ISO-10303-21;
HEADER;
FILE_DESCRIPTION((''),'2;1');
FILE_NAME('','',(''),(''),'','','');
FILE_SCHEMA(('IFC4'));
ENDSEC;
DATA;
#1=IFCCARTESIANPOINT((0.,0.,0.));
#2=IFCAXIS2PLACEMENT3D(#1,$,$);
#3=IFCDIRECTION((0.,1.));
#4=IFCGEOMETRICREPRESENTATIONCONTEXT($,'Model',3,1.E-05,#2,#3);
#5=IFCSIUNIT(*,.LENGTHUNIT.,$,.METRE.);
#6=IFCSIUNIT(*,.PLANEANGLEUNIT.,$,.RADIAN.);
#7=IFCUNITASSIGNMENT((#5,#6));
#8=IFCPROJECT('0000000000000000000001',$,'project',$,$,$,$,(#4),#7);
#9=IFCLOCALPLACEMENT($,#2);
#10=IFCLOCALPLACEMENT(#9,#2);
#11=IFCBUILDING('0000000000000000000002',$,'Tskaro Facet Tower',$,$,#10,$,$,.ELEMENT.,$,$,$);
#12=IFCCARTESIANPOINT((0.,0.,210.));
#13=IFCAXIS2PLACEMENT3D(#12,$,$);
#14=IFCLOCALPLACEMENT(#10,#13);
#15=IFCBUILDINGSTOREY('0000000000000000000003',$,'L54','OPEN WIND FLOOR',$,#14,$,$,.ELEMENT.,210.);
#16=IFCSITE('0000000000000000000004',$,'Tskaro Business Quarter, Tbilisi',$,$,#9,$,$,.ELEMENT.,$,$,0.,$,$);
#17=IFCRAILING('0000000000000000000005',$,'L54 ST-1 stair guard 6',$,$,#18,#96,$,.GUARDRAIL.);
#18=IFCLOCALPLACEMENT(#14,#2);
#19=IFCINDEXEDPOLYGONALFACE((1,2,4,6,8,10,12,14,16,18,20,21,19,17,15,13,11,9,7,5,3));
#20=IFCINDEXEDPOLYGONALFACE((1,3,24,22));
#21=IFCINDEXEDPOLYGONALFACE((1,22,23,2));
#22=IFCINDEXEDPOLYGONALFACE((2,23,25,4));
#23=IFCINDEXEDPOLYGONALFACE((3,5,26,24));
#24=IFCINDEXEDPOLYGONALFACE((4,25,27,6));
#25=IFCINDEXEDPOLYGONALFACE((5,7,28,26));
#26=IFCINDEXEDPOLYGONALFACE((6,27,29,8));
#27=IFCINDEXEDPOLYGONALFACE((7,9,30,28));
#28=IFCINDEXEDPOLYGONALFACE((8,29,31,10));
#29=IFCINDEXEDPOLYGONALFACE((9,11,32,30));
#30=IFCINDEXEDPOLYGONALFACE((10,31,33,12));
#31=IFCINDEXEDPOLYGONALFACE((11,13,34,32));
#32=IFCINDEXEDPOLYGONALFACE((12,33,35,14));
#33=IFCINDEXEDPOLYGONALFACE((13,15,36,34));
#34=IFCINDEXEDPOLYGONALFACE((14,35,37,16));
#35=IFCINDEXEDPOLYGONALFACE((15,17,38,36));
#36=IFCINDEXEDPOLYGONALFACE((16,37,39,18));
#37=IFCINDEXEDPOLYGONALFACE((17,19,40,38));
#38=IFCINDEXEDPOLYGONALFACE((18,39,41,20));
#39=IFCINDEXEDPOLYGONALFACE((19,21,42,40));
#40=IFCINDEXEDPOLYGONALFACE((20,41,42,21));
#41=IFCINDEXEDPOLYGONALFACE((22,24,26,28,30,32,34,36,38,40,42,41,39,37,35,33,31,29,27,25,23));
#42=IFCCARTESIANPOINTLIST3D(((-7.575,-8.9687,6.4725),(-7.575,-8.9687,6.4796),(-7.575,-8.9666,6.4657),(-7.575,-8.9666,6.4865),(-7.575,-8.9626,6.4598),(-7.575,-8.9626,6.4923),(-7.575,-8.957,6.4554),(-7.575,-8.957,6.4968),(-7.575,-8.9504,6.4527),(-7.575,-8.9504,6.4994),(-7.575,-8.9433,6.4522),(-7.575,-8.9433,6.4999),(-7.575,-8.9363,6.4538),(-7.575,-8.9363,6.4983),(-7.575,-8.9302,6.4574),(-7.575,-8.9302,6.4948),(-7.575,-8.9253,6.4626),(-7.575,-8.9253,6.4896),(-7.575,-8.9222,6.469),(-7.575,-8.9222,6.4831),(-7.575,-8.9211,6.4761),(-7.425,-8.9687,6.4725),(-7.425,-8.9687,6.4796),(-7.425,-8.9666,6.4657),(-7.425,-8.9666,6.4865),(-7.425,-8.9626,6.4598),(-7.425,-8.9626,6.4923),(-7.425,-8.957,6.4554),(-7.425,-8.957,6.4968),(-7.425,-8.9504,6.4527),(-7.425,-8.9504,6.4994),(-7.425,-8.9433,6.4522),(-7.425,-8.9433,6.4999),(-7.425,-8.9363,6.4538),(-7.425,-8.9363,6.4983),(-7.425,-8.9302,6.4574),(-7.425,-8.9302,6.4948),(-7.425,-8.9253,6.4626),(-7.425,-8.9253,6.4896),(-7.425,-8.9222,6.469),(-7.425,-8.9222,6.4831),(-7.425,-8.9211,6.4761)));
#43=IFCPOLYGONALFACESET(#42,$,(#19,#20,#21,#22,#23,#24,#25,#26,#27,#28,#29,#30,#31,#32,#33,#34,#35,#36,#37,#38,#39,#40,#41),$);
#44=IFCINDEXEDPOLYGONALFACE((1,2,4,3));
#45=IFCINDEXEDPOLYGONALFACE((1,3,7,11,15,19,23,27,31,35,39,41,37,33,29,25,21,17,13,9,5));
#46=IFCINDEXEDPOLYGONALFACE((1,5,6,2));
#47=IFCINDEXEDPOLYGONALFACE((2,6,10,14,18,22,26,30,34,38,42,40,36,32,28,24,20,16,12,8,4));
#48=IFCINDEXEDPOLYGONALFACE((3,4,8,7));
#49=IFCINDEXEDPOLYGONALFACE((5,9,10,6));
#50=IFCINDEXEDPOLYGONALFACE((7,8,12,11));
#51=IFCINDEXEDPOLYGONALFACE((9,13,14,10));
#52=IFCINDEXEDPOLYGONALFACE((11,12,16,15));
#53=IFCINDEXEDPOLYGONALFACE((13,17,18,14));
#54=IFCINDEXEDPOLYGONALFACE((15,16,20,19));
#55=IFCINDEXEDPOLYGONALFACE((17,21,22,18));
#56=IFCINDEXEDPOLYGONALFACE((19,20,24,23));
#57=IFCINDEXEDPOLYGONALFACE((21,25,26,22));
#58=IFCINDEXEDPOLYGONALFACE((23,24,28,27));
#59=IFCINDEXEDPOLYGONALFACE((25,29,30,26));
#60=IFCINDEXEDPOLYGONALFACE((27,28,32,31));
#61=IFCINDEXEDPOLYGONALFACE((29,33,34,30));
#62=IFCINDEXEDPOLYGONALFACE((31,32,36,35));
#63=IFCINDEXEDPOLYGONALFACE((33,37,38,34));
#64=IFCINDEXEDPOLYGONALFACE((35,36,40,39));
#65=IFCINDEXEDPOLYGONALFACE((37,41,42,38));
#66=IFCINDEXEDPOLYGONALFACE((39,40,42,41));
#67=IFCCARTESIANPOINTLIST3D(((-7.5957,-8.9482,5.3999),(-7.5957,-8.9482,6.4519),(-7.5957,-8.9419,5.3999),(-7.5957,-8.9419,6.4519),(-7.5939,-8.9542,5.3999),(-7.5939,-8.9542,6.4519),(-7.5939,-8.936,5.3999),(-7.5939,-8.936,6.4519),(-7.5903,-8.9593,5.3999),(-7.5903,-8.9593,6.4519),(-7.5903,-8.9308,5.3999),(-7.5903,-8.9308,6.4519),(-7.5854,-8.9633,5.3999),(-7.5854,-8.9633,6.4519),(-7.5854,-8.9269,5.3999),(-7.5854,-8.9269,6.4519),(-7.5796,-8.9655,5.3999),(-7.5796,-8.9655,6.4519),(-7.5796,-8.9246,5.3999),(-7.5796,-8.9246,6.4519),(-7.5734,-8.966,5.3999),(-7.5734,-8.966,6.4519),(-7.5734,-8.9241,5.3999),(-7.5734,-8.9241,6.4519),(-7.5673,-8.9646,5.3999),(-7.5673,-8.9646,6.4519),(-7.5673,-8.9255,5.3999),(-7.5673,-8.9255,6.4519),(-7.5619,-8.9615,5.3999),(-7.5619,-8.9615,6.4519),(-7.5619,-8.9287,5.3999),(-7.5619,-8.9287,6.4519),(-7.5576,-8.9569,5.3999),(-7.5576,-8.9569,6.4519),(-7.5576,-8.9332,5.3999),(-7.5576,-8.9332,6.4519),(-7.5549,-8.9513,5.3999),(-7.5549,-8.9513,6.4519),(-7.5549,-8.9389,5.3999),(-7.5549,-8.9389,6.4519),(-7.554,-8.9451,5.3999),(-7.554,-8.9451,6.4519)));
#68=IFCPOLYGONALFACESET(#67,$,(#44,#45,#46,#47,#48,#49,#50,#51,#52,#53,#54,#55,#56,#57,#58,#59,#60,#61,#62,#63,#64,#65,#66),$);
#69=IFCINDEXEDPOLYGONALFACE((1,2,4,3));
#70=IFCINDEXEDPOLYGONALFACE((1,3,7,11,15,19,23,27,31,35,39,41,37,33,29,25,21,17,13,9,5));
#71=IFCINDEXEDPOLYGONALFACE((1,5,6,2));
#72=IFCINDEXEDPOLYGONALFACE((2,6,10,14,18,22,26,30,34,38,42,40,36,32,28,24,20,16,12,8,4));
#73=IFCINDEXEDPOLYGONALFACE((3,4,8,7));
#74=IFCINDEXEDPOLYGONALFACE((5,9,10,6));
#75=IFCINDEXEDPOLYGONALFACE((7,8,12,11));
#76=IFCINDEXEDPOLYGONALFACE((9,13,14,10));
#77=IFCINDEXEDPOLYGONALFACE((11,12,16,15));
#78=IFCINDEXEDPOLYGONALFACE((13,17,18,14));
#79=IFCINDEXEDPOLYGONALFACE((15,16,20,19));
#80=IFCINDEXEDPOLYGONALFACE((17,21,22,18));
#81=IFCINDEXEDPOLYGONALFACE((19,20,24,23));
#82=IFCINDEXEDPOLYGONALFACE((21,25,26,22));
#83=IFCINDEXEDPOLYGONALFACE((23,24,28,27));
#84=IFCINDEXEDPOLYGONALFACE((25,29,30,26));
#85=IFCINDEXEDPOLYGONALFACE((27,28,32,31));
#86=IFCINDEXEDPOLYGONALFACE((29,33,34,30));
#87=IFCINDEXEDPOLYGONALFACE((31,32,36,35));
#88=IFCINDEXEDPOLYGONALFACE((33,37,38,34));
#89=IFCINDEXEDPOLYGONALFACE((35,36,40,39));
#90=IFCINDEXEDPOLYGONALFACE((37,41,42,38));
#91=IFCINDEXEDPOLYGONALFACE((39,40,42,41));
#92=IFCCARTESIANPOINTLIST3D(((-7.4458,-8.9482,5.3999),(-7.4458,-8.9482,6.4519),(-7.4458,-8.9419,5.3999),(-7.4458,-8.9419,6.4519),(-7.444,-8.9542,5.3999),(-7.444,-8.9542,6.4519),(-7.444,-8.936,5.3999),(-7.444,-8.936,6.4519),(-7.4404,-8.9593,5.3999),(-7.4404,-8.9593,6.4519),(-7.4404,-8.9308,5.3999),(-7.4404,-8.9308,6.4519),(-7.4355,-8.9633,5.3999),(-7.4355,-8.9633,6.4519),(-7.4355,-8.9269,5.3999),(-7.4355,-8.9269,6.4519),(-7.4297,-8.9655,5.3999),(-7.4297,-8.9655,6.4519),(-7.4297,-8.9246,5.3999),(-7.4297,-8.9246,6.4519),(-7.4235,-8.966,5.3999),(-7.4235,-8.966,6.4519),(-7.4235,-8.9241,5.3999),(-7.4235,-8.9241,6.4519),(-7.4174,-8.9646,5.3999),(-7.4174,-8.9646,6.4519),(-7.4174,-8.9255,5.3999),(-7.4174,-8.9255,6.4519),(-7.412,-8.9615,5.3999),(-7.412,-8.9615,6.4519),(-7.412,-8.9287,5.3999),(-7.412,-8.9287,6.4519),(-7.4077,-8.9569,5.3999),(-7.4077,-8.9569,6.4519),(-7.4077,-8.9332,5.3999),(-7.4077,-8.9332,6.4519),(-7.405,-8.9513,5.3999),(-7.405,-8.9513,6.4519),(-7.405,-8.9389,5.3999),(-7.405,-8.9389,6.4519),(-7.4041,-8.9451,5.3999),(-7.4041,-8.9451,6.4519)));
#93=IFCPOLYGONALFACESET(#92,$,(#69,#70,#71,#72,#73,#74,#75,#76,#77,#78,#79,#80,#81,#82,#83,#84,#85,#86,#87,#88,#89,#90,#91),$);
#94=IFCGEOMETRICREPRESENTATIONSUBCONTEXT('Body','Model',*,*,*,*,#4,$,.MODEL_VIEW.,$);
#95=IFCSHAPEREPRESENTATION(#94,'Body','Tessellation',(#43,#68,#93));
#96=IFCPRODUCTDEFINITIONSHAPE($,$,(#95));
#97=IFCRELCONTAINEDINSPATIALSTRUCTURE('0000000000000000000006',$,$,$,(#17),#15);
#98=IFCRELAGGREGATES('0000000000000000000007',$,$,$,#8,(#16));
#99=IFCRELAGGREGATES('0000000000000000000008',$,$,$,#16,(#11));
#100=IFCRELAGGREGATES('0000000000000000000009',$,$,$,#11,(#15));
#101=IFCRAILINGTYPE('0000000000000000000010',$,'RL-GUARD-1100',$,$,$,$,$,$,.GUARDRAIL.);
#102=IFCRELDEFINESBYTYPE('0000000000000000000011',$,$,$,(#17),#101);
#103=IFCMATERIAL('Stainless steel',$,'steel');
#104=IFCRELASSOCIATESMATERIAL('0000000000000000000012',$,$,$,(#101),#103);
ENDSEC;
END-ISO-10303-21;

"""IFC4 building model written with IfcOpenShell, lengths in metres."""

from ifc_helpers import new_model, si_unit, direction, frame, origin, origin_2d, place, context, subcontext, project, spatial, circle, extrude, material, type_object, element, save


model = new_model("IFC4")

# Units and contexts
model_context = context("Model", 3, precision=1e-05, world=origin(), true_north=direction((0.0, 1.0)))
body_context = subcontext(model_context, "Body", "Model", "MODEL_VIEW")
ifc_project = project(units=[si_unit("LENGTHUNIT", "METRE"), si_unit("PLANEANGLEUNIT", "RADIAN")], contexts=[model_context])

# Site, building, storey
site_placement = place(None, origin())
site = spatial("IfcSite", under=ifc_project, at=site_placement, Name="Tskaro Business Quarter, Tbilisi", CompositionType="ELEMENT", RefElevation=0.0)
building_placement = place(site_placement, origin())
building = spatial("IfcBuilding", under=site, at=building_placement, Name="Tskaro Facet Tower", CompositionType="ELEMENT")
storey_placement = place(building_placement, frame((0.0, 0.0, 210.0)))
storey = spatial("IfcBuildingStorey", under=building, at=storey_placement, Name="L54", Description="OPEN WIND FLOOR", CompositionType="ELEMENT", Elevation=210.0)

# Shared definitions
ifc_material_1 = material(Name="Stainless steel", Category="steel")

# Railing
railing_type_1 = type_object("IfcRailingType", Name="RL-GUARD-1100", PredefinedType="GUARDRAIL", material=ifc_material_1)
railing_1_placement = place(storey_placement, frame((-7.575, -8.9451, 5.3999)))
element("IfcRailing", 1, at=railing_1_placement, inside=storey, type_object=railing_type_1, Name="L54 ST-1 stair guard 6", PredefinedType="GUARDRAIL", context=body_context, shape_type="SweptSolid", body=[
    extrude(circle(Radius=0.0239, at=origin_2d()), frame((0.0, 0.0, 1.0762), z_axis=(1.0, 0.0, 0.0), x_axis=(0.0, 1.0, 0.0)), (0.0, 0.0, 1.0), 0.1499),
    extrude(circle(Radius=0.021, at=origin_2d()), origin(), (0.0, 0.0, 1.0), 1.052),
    extrude(circle(Radius=0.021, at=origin_2d()), frame((0.1499, 0.0, 0.0)), (0.0, 0.0, 1.0), 1.052),
])

save(model, "model.ifc")
